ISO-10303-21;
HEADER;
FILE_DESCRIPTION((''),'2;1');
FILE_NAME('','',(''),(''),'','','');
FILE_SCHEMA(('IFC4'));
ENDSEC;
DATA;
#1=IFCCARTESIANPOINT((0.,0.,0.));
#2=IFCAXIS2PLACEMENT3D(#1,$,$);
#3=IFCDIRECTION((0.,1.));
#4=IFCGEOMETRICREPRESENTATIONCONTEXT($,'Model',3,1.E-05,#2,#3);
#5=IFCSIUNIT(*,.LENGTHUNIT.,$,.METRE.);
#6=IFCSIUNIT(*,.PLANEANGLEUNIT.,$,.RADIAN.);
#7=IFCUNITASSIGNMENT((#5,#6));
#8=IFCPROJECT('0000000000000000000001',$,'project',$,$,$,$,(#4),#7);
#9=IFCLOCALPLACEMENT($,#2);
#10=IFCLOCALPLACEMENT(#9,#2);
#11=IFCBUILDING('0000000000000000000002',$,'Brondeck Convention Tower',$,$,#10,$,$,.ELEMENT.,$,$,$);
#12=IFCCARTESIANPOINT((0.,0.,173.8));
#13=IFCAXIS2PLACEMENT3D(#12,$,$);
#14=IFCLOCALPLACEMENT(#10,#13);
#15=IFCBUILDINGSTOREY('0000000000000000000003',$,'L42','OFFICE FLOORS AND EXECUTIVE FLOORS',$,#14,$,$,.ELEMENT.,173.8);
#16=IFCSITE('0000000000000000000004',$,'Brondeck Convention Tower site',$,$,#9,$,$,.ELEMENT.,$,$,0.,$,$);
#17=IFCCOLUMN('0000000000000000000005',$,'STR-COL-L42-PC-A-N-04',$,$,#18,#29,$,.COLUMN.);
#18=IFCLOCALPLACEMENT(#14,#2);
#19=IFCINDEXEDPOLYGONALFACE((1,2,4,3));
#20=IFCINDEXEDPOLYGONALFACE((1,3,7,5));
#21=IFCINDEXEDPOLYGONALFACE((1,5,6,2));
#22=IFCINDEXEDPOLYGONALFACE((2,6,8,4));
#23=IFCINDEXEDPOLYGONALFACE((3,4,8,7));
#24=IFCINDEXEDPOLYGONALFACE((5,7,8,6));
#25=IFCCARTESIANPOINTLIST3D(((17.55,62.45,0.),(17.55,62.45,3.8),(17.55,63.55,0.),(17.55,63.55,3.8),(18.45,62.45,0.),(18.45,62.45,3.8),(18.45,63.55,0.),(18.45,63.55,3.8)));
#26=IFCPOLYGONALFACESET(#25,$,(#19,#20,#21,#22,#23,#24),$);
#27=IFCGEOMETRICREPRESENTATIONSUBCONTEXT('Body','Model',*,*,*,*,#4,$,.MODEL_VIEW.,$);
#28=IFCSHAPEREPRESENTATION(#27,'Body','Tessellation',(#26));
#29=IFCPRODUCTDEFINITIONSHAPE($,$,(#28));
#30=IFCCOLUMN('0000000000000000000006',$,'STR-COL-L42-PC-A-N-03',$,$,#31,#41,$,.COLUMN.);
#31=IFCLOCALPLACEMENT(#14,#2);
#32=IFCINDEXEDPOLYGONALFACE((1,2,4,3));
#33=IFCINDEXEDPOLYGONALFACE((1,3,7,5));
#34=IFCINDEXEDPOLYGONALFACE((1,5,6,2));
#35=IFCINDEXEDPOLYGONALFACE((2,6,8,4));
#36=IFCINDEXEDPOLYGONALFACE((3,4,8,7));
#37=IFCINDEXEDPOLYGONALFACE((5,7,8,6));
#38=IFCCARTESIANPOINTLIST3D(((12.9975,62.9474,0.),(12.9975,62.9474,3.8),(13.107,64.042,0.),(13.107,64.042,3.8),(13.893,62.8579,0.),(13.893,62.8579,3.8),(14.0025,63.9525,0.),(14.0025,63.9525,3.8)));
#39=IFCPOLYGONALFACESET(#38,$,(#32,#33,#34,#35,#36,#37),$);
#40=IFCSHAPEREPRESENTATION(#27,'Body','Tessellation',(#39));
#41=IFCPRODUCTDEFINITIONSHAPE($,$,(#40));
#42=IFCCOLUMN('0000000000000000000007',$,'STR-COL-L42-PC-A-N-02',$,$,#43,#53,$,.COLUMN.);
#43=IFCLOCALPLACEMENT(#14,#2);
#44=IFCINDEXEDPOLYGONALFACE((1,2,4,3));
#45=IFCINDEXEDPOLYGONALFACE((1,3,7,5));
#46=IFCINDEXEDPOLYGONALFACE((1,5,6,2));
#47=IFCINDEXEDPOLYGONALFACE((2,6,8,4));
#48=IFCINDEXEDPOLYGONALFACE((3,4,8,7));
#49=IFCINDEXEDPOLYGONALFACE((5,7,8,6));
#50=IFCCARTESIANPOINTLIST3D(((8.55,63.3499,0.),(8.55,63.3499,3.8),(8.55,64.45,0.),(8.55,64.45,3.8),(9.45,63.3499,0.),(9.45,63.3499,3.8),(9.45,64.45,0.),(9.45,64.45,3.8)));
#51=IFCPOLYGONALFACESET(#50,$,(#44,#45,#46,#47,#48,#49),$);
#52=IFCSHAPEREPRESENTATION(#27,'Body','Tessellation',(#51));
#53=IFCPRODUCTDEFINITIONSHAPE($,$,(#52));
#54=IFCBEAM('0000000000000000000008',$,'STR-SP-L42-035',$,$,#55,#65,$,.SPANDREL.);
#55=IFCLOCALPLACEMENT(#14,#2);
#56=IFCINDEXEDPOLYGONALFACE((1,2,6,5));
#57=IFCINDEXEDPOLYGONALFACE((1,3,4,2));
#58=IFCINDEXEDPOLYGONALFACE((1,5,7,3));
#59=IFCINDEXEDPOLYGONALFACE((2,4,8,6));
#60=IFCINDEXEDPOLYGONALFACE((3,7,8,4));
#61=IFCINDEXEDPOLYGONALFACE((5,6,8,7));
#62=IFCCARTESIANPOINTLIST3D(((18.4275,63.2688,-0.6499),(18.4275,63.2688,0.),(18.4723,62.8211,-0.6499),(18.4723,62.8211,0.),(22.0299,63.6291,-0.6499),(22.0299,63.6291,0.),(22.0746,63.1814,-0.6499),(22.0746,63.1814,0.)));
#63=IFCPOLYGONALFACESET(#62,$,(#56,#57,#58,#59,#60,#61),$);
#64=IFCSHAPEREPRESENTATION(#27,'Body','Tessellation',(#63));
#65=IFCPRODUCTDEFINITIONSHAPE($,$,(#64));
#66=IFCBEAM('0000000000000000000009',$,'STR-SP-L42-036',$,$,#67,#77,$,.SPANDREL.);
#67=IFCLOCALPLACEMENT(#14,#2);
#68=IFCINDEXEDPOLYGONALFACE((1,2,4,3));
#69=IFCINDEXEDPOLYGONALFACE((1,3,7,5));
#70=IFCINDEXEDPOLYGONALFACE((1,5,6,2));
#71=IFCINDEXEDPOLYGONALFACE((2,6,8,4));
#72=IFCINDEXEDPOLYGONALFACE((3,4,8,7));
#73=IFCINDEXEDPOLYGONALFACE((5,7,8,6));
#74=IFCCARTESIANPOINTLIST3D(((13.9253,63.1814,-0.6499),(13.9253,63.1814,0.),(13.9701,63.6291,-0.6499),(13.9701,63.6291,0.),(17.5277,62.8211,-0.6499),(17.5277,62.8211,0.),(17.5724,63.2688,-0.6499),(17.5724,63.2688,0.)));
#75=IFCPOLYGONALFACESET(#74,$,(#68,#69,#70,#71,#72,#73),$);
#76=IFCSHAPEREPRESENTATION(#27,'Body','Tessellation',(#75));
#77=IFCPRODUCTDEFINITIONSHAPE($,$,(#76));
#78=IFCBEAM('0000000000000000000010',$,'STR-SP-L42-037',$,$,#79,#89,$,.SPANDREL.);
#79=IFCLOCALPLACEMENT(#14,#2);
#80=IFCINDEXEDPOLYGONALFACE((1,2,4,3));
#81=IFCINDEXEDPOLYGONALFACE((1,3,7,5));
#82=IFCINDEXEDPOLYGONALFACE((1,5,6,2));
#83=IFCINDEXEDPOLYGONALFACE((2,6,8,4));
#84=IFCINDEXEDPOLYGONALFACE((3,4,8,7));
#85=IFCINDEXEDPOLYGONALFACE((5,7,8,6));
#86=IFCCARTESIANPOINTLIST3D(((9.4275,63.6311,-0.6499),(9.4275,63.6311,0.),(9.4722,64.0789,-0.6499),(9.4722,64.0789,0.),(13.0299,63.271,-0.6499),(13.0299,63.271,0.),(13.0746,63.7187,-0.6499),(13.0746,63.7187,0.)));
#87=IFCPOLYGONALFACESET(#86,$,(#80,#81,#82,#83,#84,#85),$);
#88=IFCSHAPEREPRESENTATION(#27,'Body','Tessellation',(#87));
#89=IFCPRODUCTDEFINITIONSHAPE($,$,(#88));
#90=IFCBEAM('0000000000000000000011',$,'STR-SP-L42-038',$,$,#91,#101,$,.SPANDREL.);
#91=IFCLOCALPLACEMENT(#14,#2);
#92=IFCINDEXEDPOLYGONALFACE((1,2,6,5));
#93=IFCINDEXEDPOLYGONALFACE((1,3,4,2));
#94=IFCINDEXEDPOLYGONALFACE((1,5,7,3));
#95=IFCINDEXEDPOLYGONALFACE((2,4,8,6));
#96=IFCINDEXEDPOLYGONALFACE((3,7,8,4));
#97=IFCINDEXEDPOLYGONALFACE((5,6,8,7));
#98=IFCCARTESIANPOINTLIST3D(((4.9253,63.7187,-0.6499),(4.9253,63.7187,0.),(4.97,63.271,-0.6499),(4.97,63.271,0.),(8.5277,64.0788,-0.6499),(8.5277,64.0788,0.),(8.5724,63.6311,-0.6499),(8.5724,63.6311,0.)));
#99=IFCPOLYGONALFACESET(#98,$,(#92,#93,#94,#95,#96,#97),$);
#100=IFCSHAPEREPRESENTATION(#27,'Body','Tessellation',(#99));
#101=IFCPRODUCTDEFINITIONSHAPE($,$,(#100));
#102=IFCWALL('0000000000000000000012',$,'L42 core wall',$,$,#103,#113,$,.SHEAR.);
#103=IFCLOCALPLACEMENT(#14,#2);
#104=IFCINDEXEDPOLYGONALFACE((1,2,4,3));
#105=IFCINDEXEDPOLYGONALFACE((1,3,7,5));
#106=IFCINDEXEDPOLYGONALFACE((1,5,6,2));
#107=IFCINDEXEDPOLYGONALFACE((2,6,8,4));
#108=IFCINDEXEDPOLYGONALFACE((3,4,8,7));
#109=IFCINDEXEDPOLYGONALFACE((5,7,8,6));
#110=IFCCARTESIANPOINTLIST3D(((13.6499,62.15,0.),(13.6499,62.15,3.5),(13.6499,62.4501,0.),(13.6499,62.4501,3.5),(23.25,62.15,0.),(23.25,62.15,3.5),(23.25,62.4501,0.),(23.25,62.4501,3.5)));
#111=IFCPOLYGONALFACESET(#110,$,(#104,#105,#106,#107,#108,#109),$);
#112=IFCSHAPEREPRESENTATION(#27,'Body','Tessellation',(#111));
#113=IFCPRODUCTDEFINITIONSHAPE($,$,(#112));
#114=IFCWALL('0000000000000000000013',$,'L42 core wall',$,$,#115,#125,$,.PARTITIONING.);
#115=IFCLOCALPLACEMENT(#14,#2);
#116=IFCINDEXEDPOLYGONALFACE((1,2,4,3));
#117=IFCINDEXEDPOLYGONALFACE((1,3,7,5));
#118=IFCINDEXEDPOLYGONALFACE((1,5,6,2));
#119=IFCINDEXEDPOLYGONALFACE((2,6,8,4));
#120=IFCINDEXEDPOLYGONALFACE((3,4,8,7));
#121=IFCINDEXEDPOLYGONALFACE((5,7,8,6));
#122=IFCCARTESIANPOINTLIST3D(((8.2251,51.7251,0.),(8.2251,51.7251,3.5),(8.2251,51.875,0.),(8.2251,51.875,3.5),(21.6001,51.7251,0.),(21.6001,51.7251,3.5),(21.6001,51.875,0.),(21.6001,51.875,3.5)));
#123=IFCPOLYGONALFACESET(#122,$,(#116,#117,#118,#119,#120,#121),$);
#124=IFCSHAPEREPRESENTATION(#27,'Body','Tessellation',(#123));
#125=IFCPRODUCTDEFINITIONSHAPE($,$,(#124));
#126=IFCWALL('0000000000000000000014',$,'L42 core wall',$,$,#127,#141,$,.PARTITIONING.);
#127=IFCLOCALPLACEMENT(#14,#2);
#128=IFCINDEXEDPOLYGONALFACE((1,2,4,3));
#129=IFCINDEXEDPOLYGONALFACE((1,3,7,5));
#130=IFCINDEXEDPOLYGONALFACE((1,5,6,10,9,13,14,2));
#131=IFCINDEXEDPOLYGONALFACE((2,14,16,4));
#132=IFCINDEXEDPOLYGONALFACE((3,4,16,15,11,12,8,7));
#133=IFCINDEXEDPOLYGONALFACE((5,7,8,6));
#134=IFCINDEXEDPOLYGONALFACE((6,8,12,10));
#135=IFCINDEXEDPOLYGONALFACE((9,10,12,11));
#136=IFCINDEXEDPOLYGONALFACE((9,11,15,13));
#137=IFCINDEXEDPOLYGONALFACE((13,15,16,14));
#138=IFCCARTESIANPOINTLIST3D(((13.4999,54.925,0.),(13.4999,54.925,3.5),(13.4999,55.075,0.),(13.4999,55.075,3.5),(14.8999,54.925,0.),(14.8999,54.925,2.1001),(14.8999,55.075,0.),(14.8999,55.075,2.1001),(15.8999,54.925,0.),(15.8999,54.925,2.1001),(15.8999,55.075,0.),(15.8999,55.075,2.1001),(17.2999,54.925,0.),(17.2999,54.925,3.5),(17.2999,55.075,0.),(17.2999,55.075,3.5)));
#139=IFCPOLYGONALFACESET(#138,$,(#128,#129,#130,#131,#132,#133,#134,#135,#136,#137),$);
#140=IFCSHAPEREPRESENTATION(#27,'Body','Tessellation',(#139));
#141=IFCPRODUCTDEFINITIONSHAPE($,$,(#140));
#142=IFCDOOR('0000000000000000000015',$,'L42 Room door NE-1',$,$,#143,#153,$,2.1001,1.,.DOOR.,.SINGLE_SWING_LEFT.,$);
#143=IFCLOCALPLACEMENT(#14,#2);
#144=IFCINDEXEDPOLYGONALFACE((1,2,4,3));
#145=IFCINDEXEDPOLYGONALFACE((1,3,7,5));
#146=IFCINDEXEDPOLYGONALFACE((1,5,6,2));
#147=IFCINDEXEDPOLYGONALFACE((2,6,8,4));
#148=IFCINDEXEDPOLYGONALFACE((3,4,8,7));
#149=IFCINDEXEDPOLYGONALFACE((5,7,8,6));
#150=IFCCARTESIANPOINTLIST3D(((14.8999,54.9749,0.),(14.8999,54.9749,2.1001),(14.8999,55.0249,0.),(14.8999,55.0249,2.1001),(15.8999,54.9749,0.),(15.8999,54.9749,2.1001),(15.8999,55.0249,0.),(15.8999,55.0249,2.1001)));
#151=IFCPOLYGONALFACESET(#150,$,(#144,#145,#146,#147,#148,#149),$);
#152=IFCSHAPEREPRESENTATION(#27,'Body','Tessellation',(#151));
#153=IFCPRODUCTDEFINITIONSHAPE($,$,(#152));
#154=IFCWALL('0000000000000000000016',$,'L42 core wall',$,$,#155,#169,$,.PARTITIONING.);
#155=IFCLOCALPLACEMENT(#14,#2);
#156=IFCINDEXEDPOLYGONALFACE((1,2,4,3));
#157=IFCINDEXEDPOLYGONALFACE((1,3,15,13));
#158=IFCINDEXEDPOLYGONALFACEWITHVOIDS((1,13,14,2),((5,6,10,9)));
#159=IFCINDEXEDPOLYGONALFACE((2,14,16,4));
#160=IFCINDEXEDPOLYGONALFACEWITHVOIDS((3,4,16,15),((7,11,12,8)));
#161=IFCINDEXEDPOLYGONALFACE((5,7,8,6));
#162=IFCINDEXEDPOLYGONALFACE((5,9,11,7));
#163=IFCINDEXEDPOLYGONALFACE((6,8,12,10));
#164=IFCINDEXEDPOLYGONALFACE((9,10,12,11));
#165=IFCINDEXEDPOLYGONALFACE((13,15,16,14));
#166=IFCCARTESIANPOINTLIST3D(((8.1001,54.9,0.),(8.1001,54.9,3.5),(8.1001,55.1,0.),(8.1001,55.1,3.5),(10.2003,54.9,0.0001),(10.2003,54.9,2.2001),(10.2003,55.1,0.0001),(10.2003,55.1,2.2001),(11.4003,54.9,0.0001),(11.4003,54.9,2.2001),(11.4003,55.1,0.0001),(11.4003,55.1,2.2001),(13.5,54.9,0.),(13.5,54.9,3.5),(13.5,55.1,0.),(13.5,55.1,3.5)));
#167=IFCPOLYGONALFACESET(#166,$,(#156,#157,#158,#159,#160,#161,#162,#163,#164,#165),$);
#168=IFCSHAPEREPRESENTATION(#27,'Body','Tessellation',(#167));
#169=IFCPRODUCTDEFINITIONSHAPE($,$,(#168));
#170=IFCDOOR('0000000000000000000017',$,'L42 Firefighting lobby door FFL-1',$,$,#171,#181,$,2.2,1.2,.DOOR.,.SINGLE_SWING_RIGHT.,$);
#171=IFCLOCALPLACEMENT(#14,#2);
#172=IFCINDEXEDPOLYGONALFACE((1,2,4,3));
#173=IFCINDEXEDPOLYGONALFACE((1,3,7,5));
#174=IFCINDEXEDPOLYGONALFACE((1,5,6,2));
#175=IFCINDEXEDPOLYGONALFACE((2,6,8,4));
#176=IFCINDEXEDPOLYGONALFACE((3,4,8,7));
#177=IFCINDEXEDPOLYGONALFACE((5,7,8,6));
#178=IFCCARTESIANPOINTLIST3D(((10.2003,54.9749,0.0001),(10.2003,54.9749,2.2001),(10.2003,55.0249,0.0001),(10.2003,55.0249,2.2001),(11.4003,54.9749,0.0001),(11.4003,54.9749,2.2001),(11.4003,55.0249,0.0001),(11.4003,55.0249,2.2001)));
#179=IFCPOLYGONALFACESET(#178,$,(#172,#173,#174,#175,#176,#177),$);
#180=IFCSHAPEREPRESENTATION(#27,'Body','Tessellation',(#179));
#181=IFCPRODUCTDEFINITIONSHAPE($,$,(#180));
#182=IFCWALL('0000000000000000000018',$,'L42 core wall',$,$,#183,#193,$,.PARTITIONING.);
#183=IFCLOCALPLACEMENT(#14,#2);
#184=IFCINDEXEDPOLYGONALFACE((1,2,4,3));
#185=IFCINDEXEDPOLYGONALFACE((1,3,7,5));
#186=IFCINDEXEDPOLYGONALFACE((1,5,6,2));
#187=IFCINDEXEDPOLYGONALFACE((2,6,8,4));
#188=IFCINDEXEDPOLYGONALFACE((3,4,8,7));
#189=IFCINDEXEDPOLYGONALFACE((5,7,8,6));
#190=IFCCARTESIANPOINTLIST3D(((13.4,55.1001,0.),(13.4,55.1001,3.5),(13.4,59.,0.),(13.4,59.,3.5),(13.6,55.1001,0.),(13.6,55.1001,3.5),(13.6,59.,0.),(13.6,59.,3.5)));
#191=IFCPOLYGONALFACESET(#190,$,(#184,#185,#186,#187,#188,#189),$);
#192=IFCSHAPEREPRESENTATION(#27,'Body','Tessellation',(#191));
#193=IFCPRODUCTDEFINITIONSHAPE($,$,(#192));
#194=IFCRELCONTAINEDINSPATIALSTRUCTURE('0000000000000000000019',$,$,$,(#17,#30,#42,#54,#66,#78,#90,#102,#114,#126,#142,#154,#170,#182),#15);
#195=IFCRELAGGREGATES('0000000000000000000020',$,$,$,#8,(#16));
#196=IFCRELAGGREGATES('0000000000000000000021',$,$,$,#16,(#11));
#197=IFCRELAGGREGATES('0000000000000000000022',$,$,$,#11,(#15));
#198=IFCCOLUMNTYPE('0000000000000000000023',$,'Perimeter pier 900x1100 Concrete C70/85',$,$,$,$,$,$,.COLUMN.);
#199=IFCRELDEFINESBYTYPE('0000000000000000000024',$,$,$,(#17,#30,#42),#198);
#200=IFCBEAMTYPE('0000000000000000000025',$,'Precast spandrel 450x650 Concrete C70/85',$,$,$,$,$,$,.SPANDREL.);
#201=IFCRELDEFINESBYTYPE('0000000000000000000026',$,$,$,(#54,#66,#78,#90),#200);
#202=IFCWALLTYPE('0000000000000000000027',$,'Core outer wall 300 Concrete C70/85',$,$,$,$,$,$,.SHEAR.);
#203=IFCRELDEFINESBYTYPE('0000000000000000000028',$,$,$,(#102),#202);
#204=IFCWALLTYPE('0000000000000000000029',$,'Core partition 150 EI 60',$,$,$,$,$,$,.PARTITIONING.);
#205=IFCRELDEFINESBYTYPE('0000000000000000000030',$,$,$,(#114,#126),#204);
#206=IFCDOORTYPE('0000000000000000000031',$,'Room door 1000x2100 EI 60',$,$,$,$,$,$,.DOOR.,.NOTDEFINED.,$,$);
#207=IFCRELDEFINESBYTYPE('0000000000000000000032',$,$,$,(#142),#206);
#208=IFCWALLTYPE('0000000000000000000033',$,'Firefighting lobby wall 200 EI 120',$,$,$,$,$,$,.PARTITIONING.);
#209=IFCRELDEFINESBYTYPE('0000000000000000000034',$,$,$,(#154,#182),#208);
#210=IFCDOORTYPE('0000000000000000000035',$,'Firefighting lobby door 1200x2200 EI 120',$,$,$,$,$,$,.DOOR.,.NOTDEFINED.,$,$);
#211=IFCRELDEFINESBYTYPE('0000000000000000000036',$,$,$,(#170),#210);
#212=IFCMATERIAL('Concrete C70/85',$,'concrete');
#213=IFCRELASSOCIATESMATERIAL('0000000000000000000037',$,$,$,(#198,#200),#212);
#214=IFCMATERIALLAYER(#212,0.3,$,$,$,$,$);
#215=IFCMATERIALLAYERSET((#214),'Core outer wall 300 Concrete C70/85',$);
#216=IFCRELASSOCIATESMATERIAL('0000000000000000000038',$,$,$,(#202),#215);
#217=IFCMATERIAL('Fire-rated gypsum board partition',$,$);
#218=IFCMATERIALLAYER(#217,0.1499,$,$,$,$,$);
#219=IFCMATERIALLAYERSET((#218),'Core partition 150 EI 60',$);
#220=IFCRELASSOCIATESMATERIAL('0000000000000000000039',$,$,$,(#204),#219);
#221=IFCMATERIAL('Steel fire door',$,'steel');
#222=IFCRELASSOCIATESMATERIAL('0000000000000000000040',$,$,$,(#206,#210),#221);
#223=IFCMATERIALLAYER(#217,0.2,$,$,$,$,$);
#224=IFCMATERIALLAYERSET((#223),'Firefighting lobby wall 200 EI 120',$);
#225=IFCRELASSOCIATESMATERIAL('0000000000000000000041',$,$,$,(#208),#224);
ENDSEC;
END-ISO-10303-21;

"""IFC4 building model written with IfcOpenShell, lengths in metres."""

from ifc_helpers import new_model, si_unit, direction, frame, frame_2d, origin, origin_2d, place, context, subcontext, project, spatial, rectangle, extrude, material, layer, layer_set, material_profile, profile_set, type_object, element, fill, save


model = new_model("IFC4")

# Units and contexts
model_context = context("Model", 3, precision=1e-05, world=origin(), true_north=direction((0.0, 1.0)))
body_context = subcontext(model_context, "Body", "Model", "MODEL_VIEW")
ifc_project = project(units=[si_unit("LENGTHUNIT", "METRE"), si_unit("PLANEANGLEUNIT", "RADIAN")], contexts=[model_context])

# Site, building, storey
site_placement = place(None, origin())
site = spatial("IfcSite", under=ifc_project, at=site_placement, Name="Brondeck Convention Tower site", CompositionType="ELEMENT", RefElevation=0.0)
building_placement = place(site_placement, origin())
building = spatial("IfcBuilding", under=site, at=building_placement, Name="Brondeck Convention Tower", CompositionType="ELEMENT")
storey_placement = place(building_placement, frame((0.0, 0.0, 173.8)))
storey = spatial("IfcBuildingStorey", under=building, at=storey_placement, Name="L42", Description="OFFICE FLOORS AND EXECUTIVE FLOORS", CompositionType="ELEMENT", Elevation=173.8)

# Columns
ifc_material_1 = material(Name="Concrete C70/85", Category="concrete")
ifc_material_profile_1 = material_profile(ifc_material_1, rectangle(XDim=0.8999, YDim=1.1001, at=origin_2d()), Name="Perimeter pier 900x1100 Concrete C70/85")
ifc_profile_set_1 = profile_set([ifc_material_profile_1], Name="Concrete C70/85")
column_type = type_object("IfcColumnType", Name="Perimeter pier 900x1100 Concrete C70/85", PredefinedType="COLUMN", material=ifc_profile_set_1)
for number, where, z_axis, x_axis, name in (
    (1, (18.0, 63.0, 0.0), (0.0, 0.0, 1.0), (-1.0, 0.0, 0.0), "STR-COL-L42-PC-A-N-04"),
    (2, (13.5, 63.45, 0.0), (0.0, 0.0, 1.0), (-0.995037, 0.099504, 0.0), "STR-COL-L42-PC-A-N-03"),
    (3, (9.0, 63.8999, 0.0), (0.0, 0.0, 1.0), (-1.0, 0.0, 0.0), "STR-COL-L42-PC-A-N-02"),
):
    element("IfcColumn", number, at=place(storey_placement, frame(where, z_axis=z_axis, x_axis=x_axis)), inside=storey, type_object=column_type, Name=name, PredefinedType="COLUMN", context=body_context, shape_type="SweptSolid", body=[
        extrude(rectangle(XDim=0.8999, YDim=1.1001, at=origin_2d()), origin(), (0.0, 0.0, 1.0), 3.8),
    ])

# Beams
ifc_material_profile_2 = material_profile(ifc_material_1, rectangle(XDim=0.45, YDim=0.6499, at=origin_2d()), Name="Precast spandrel 450x650 Concrete C70/85")
ifc_profile_set_2 = profile_set([ifc_material_profile_2], Name="Concrete C70/85")
beam_type = type_object("IfcBeamType", Name="Precast spandrel 450x650 Concrete C70/85", PredefinedType="SPANDREL", material=ifc_profile_set_2)
for number, where, z_axis, x_axis, name in (
    (4, (22.0522, 63.4053, -0.325), (-0.995034, -0.099537, 0.0), (0.099537, -0.995034, 0.0), "STR-SP-L42-035"),
    (5, (17.55, 63.0449, -0.325), (-0.995034, 0.099537, 0.0), (-0.099537, -0.995034, 0.0), "STR-SP-L42-036"),
    (6, (13.0522, 63.4949, -0.325), (-0.995041, 0.09947, 0.0), (-0.09947, -0.995041, 0.0), "STR-SP-L42-037"),
    (7, (8.55, 63.855, -0.325), (-0.995041, -0.09947, 0.0), (0.09947, -0.995041, 0.0), "STR-SP-L42-038"),
):
    element("IfcBeam", number, at=place(storey_placement, frame(where, z_axis=z_axis, x_axis=x_axis)), inside=storey, type_object=beam_type, Name=name, PredefinedType="SPANDREL", context=body_context, shape_type="SweptSolid", body=[
        extrude(rectangle(XDim=0.45, YDim=0.6499, at=origin_2d()), origin(), (0.0, 0.0, 1.0), 3.6204),
    ])

# Walls
ifc_layer_1 = layer(ifc_material_1, 0.3)
ifc_layer_set_1 = layer_set([ifc_layer_1], Name="Core outer wall 300 Concrete C70/85")
wall_type_1 = type_object("IfcWallType", Name="Core outer wall 300 Concrete C70/85", PredefinedType="SHEAR", material=ifc_layer_set_1)
wall_1_placement = place(storey_placement, frame((13.6499, 62.3, 0.0), z_axis=(0.0, 0.0, 1.0), x_axis=(1.0, 0.0, 0.0)))
element("IfcWall", 8, at=wall_1_placement, inside=storey, type_object=wall_type_1, Name="L42 core wall", PredefinedType="SHEAR", context=body_context, shape_type="SweptSolid", body=[
    extrude(rectangle(XDim=9.6001, YDim=0.3, at=frame_2d((4.8, 0.0))), origin(), (0.0, 0.0, 1.0), 3.5),
])
ifc_material_2 = material(Name="Fire-rated gypsum board partition")
ifc_layer_2 = layer(ifc_material_2, 0.1499)
ifc_layer_set_2 = layer_set([ifc_layer_2], Name="Core partition 150 EI 60")
wall_type_2 = type_object("IfcWallType", Name="Core partition 150 EI 60", PredefinedType="PARTITIONING", material=ifc_layer_set_2)
wall_2_placement = place(storey_placement, frame((8.2251, 51.8, 0.0), z_axis=(0.0, 0.0, 1.0), x_axis=(1.0, 0.0, 0.0)))
element("IfcWall", 9, at=wall_2_placement, inside=storey, type_object=wall_type_2, Name="L42 core wall", PredefinedType="PARTITIONING", context=body_context, shape_type="SweptSolid", body=[
    extrude(rectangle(XDim=13.375, YDim=0.1499, at=frame_2d((6.6875, 0.0))), origin(), (0.0, 0.0, 1.0), 3.5),
])

# Walls, openings, doors
wall_3_placement = place(storey_placement, frame((13.5, 55.0, 0.0), z_axis=(0.0, 0.0, 1.0), x_axis=(1.0, 0.0, 0.0)))
wall_3 = element("IfcWall", 10, at=wall_3_placement, inside=storey, type_object=wall_type_2, Name="L42 core wall", PredefinedType="PARTITIONING", context=body_context, shape_type="SweptSolid", body=[
    extrude(rectangle(XDim=3.8, YDim=0.1499, at=frame_2d((1.8999, 0.0))), origin(), (0.0, 0.0, 1.0), 3.5),
])
opening_1_placement = place(wall_3_placement, frame((1.3999, 0.0, 0.0)))
opening_1 = element("IfcOpeningElement", 11, at=opening_1_placement, cuts=wall_3, PredefinedType="OPENING", context=body_context, shape_type="SweptSolid", body=[
    extrude(rectangle(XDim=1.0, YDim=2.1001, at=frame_2d((0.5, 1.05))), frame((0.0, 0.085, 0.0), z_axis=(0.0, -1.0, 0.0), x_axis=(1.0, 0.0, 0.0)), (0.0, 0.0, 1.0), 0.1699),
])
ifc_material_3 = material(Name="Steel fire door", Category="steel")
door_type_1 = type_object("IfcDoorType", Name="Room door 1000x2100 EI 60", OperationType="NOTDEFINED", PredefinedType="DOOR", material=ifc_material_3)
door_1_placement = place(opening_1_placement, origin())
door_1 = element("IfcDoor", 12, at=door_1_placement, inside=storey, type_object=door_type_1, Name="L42 Room door NE-1", OperationType="SINGLE_SWING_LEFT", OverallHeight=2.1001, OverallWidth=1.0, PredefinedType="DOOR", context=body_context, shape_type="SweptSolid", body=[
    extrude(rectangle(XDim=1.0, YDim=2.1001, at=frame_2d((0.5, 1.05))), frame((0.0, 0.0249, 0.0), z_axis=(0.0, -1.0, 0.0), x_axis=(1.0, 0.0, 0.0)), (0.0, 0.0, 1.0), 0.05),
])
fill(opening_1, door_1)
ifc_layer_3 = layer(ifc_material_2, 0.2)
ifc_layer_set_3 = layer_set([ifc_layer_3], Name="Firefighting lobby wall 200 EI 120")
wall_type_3 = type_object("IfcWallType", Name="Firefighting lobby wall 200 EI 120", PredefinedType="PARTITIONING", material=ifc_layer_set_3)
wall_4_placement = place(storey_placement, frame((8.1001, 55.0, 0.0), z_axis=(0.0, 0.0, 1.0), x_axis=(1.0, 0.0, 0.0)))
wall_4 = element("IfcWall", 13, at=wall_4_placement, inside=storey, type_object=wall_type_3, Name="L42 core wall", PredefinedType="PARTITIONING", context=body_context, shape_type="SweptSolid", body=[
    extrude(rectangle(XDim=5.3999, YDim=0.2, at=frame_2d((2.7, 0.0))), origin(), (0.0, 0.0, 1.0), 3.5),
])
opening_2_placement = place(wall_4_placement, frame((2.1001, 0.0, 0.0)))
opening_2 = element("IfcOpeningElement", 14, at=opening_2_placement, cuts=wall_4, PredefinedType="OPENING", context=body_context, shape_type="SweptSolid", body=[
    extrude(rectangle(XDim=1.2, YDim=2.2, at=frame_2d((0.6001, 1.1001))), frame((0.0, 0.1099, 0.0), z_axis=(0.0, -1.0, 0.0), x_axis=(1.0, 0.0, 0.0)), (0.0, 0.0, 1.0), 0.22),
])
door_type_2 = type_object("IfcDoorType", Name="Firefighting lobby door 1200x2200 EI 120", OperationType="NOTDEFINED", PredefinedType="DOOR", material=ifc_material_3)
door_2_placement = place(opening_2_placement, origin())
door_2 = element("IfcDoor", 15, at=door_2_placement, inside=storey, type_object=door_type_2, Name="L42 Firefighting lobby door FFL-1", OperationType="SINGLE_SWING_RIGHT", OverallHeight=2.2, OverallWidth=1.2, PredefinedType="DOOR", context=body_context, shape_type="SweptSolid", body=[
    extrude(rectangle(XDim=1.2, YDim=2.2, at=frame_2d((0.6001, 1.1001))), frame((0.0, 0.0249, 0.0), z_axis=(0.0, -1.0, 0.0), x_axis=(1.0, 0.0, 0.0)), (0.0, 0.0, 1.0), 0.05),
])
fill(opening_2, door_2)

# Wall
wall_5_placement = place(storey_placement, frame((13.5, 55.1001, 0.0), z_axis=(0.0, 0.0, 1.0), x_axis=(0.0, 1.0, 0.0)))
element("IfcWall", 16, at=wall_5_placement, inside=storey, type_object=wall_type_3, Name="L42 core wall", PredefinedType="PARTITIONING", context=body_context, shape_type="SweptSolid", body=[
    extrude(rectangle(XDim=3.8999, YDim=0.2, at=frame_2d((1.95, 0.0))), origin(), (0.0, 0.0, 1.0), 3.5),
])

save(model, "model.ifc")
